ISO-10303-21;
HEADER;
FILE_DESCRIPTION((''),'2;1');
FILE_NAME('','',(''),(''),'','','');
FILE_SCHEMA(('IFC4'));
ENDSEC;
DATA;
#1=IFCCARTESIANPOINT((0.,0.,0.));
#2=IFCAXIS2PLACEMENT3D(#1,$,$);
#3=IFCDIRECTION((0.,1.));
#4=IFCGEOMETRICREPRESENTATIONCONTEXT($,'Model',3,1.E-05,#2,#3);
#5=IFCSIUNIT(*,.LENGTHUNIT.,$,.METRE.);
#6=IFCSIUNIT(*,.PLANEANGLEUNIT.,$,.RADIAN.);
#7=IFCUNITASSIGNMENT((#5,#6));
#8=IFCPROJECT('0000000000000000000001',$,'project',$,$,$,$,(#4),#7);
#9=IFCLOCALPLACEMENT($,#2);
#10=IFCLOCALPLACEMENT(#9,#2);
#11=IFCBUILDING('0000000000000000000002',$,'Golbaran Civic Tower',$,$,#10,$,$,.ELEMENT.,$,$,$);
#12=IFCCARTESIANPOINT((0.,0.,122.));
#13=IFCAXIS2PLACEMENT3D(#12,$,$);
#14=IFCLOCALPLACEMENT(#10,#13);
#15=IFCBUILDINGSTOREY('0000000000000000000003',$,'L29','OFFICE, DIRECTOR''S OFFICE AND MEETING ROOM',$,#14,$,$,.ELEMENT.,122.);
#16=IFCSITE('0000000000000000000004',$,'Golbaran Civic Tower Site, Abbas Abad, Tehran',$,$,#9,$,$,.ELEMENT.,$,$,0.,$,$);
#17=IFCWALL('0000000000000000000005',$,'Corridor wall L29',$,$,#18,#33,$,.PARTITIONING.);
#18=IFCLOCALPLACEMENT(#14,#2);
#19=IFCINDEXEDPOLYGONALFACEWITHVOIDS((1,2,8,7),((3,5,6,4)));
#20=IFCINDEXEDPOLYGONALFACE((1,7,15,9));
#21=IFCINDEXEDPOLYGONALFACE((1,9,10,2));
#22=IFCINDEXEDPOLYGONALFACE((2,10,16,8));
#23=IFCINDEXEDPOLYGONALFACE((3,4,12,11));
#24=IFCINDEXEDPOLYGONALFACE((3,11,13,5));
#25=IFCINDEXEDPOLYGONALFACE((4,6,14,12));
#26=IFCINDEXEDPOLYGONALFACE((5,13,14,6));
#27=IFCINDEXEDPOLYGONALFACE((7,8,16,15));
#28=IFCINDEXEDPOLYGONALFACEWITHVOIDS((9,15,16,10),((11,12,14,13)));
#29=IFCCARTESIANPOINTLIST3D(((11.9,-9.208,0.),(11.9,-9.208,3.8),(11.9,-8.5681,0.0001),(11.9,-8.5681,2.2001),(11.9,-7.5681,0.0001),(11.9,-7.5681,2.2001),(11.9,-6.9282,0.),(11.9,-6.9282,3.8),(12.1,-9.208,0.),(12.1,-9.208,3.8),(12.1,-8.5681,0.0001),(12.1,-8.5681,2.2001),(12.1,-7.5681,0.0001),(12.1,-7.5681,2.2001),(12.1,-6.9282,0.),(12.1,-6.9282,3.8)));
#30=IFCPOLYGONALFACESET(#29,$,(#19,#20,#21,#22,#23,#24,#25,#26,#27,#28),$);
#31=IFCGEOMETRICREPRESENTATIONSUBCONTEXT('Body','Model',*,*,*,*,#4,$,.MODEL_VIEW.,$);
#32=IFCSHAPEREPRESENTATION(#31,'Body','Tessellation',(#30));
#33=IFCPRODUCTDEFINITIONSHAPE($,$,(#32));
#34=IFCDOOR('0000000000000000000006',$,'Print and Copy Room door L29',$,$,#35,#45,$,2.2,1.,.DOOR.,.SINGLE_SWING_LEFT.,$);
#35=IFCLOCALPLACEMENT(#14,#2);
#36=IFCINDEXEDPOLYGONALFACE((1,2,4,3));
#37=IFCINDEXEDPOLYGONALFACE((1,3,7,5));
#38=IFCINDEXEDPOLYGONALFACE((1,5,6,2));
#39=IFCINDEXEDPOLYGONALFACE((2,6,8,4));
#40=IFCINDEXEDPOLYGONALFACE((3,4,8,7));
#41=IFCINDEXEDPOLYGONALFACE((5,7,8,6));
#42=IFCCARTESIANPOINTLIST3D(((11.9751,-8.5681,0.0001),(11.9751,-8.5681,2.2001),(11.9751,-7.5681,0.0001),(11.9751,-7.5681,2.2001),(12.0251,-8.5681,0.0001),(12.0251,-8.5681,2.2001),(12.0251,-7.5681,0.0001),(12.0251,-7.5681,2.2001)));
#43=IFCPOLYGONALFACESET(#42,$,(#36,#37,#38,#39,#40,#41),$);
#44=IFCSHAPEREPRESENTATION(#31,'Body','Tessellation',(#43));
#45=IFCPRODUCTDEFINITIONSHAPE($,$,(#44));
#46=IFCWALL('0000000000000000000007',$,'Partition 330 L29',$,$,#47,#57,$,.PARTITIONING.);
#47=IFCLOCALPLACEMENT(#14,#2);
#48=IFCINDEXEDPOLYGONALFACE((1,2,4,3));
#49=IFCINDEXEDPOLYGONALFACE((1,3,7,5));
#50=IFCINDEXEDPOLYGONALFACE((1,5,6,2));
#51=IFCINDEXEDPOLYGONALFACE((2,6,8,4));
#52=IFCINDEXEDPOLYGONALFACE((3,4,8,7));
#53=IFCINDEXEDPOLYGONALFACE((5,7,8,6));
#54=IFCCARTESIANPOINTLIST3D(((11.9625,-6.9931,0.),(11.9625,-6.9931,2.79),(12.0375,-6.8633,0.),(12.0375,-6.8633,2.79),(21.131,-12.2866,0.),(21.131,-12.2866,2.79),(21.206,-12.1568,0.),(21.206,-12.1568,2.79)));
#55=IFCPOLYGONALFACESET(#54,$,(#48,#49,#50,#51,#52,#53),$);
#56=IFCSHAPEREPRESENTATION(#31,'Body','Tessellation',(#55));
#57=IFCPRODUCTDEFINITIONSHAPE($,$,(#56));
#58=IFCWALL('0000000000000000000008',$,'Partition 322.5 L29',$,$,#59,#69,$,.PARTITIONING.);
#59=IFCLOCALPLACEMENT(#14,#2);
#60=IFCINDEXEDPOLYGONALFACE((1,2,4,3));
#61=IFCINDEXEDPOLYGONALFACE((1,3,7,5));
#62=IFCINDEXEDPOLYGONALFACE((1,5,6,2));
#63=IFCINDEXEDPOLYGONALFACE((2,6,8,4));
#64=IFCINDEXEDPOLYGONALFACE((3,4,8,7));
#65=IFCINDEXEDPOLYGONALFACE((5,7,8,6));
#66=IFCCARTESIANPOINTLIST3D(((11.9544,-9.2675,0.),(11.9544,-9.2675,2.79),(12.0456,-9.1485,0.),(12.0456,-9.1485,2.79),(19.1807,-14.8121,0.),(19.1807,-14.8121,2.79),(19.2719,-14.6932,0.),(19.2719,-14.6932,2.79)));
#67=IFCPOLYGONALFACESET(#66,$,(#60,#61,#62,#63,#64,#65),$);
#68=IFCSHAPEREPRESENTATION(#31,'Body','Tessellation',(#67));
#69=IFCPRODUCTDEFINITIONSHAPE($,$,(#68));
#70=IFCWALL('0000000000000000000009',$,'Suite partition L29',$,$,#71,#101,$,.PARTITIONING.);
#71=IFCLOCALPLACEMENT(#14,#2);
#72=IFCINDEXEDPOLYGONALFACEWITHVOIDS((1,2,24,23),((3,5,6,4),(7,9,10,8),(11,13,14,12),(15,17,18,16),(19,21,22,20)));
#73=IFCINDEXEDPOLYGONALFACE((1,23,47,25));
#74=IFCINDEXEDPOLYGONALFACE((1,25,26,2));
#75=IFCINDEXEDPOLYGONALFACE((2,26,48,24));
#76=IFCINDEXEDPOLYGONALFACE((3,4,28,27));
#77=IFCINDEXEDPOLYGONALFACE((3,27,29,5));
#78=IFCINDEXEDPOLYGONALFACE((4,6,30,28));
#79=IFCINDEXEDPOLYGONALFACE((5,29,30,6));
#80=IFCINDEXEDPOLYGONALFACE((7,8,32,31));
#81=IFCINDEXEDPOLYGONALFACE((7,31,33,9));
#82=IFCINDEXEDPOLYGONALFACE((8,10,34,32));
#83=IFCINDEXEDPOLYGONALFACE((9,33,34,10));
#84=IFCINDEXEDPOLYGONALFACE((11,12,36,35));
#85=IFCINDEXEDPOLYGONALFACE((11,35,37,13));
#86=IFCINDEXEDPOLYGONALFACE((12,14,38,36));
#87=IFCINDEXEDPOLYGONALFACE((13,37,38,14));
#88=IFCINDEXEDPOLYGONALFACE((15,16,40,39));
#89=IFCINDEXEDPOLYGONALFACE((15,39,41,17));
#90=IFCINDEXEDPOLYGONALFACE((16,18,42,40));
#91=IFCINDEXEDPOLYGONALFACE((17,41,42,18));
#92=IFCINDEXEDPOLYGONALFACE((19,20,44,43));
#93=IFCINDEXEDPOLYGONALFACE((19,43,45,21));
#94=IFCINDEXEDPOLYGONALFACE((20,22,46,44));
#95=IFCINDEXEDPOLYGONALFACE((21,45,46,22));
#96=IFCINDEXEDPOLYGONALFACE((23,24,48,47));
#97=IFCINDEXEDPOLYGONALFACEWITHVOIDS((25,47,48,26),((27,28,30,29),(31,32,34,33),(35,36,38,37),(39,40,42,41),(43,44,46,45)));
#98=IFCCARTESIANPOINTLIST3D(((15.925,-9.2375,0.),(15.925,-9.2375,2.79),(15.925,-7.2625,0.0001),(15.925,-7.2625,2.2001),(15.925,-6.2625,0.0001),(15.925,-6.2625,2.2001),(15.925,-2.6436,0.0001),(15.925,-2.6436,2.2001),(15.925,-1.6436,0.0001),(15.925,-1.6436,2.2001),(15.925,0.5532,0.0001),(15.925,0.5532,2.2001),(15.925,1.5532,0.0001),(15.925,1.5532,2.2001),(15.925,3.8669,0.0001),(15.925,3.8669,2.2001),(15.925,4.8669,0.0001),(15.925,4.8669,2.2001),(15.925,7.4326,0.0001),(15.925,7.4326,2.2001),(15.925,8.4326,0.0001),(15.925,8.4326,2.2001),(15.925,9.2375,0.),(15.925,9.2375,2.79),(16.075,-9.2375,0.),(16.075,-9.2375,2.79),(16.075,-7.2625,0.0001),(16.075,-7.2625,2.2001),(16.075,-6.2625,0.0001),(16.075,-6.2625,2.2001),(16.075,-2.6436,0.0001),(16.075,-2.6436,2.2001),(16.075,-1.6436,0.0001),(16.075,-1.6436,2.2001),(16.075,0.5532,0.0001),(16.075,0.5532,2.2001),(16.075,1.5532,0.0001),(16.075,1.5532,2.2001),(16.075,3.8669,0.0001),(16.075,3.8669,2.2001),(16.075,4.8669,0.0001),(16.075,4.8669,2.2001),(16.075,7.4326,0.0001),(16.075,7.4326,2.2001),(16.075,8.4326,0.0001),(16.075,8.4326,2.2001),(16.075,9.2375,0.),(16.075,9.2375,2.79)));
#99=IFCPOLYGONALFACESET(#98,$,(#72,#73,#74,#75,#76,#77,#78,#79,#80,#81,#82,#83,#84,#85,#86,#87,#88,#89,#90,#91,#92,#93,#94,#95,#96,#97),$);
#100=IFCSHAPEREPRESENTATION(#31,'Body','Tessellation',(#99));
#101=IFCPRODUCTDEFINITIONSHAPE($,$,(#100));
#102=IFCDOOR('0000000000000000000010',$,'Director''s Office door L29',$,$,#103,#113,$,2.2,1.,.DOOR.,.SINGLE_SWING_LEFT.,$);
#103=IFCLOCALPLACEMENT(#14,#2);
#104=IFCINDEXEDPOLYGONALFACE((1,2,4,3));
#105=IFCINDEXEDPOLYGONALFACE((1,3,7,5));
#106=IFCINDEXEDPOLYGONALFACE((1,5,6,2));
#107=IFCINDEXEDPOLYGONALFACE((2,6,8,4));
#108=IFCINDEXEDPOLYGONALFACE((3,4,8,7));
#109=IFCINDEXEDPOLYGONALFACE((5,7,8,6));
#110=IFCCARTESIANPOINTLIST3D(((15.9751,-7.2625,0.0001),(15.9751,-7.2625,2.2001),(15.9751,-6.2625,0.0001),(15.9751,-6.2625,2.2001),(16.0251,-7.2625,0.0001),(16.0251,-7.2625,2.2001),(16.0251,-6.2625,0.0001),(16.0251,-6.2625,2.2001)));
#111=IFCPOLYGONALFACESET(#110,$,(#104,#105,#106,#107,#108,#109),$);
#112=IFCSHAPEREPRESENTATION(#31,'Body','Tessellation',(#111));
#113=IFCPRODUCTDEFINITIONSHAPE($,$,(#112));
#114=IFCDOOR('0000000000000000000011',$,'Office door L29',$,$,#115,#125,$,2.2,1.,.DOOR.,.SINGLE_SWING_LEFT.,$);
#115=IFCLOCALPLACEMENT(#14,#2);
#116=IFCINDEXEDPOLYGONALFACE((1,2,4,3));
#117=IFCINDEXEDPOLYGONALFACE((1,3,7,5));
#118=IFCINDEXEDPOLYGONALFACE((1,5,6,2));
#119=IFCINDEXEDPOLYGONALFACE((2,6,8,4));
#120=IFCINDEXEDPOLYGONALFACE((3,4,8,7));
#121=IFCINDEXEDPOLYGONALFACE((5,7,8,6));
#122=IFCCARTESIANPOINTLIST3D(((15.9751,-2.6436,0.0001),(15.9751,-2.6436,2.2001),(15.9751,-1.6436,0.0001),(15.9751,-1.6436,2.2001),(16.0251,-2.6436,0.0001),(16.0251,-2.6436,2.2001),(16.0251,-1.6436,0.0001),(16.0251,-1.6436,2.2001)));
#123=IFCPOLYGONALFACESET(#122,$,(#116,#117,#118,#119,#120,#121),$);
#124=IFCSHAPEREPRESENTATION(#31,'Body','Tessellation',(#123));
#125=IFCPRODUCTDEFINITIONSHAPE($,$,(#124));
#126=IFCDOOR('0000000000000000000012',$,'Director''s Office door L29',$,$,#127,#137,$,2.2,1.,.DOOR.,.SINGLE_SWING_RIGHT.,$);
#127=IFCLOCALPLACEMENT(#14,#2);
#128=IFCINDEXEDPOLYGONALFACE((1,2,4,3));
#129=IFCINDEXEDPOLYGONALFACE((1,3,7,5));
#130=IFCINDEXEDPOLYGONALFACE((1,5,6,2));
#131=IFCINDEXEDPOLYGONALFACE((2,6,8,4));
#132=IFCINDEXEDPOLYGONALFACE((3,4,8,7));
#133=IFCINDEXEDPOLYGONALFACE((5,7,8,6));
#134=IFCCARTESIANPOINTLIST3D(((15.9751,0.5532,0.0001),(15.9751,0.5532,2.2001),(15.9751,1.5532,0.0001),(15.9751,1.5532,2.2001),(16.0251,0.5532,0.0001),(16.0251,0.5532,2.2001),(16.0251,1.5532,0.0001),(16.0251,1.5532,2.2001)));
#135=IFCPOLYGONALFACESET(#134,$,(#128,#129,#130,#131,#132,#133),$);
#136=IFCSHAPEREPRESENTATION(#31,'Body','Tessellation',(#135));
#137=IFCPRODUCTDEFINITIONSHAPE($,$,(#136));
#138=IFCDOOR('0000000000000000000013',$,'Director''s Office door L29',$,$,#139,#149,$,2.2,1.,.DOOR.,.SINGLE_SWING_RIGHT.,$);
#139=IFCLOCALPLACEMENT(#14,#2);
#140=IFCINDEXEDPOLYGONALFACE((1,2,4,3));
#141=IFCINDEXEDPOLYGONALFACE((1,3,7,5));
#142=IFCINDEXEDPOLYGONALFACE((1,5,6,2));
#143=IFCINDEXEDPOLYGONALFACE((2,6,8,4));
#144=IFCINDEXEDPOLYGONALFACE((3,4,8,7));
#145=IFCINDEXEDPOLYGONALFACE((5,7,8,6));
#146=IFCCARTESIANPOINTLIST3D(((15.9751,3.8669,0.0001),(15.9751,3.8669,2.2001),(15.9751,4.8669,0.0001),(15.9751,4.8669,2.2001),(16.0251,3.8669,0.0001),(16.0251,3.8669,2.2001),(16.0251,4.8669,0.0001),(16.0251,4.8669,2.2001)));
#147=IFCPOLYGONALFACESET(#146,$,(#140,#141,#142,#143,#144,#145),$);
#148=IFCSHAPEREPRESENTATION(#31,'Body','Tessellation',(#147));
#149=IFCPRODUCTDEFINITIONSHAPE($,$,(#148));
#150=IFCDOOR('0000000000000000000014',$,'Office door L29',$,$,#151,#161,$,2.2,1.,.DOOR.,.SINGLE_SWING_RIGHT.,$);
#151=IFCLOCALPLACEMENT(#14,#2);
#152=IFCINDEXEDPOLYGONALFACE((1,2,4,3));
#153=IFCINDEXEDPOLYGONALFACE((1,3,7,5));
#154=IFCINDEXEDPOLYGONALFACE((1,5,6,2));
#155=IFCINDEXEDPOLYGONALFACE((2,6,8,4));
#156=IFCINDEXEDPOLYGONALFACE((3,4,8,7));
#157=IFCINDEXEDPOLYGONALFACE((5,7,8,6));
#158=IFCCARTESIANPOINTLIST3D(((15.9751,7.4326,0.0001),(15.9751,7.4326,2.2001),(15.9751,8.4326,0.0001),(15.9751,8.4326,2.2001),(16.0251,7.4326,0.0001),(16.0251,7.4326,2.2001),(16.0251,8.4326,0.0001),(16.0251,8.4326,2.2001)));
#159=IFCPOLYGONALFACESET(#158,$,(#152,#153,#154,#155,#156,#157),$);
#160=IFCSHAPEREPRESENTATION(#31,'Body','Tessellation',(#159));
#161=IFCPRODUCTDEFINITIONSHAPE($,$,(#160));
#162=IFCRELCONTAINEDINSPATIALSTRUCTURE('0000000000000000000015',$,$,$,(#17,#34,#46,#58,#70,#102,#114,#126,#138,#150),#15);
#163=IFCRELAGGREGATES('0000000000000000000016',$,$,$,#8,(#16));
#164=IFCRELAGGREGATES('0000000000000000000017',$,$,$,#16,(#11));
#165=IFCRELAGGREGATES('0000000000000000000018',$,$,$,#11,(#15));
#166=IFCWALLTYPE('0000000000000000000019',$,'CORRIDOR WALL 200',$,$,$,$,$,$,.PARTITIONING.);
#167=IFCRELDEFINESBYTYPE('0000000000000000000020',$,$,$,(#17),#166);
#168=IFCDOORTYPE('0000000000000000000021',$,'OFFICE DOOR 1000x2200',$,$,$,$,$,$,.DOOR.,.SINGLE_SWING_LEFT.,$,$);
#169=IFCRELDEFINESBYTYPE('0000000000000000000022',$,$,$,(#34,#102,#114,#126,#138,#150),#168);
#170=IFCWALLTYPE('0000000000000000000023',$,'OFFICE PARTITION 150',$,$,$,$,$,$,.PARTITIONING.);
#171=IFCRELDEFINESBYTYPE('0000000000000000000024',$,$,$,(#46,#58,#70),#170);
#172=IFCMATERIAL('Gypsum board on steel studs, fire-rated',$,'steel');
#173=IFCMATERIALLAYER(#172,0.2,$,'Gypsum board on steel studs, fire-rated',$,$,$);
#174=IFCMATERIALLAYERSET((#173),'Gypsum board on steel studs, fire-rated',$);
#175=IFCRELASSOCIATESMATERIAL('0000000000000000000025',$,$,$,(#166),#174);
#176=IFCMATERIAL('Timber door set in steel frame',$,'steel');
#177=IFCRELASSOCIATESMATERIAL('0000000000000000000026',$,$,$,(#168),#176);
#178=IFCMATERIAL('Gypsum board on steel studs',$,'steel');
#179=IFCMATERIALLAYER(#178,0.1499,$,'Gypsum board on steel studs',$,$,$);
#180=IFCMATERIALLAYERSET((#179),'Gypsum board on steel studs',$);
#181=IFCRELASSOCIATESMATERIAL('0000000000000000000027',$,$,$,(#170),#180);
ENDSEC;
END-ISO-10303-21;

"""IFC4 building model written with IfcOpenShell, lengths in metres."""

from ifc_helpers import new_model, si_unit, direction, frame, frame_2d, origin, place, context, subcontext, project, spatial, rectangle, extrude, material, layer, layer_set, type_object, element, fill, save


model = new_model("IFC4")

# Units and contexts
model_context = context("Model", 3, precision=1e-05, world=origin(), true_north=direction((0.0, 1.0)))
body_context = subcontext(model_context, "Body", "Model", "MODEL_VIEW")
ifc_project = project(units=[si_unit("LENGTHUNIT", "METRE"), si_unit("PLANEANGLEUNIT", "RADIAN")], contexts=[model_context])

# Site, building, storey
site_placement = place(None, origin())
site = spatial("IfcSite", under=ifc_project, at=site_placement, Name="Golbaran Civic Tower Site, Abbas Abad, Tehran", CompositionType="ELEMENT", RefElevation=0.0)
building_placement = place(site_placement, origin())
building = spatial("IfcBuilding", under=site, at=building_placement, Name="Golbaran Civic Tower", CompositionType="ELEMENT")
storey_placement = place(building_placement, frame((0.0, 0.0, 122.0)))
storey = spatial("IfcBuildingStorey", under=building, at=storey_placement, Name="L29", Description="OFFICE, DIRECTOR'S OFFICE AND MEETING ROOM", CompositionType="ELEMENT", Elevation=122.0)

# Shared definitions
ifc_material_1 = material(Name="Timber door set in steel frame", Category="steel")
ifc_material_2 = material(Name="Gypsum board on steel studs, fire-rated", Category="steel")
ifc_layer_1 = layer(ifc_material_2, 0.2, Name="Gypsum board on steel studs, fire-rated")
ifc_layer_set_1 = layer_set([ifc_layer_1], Name="Gypsum board on steel studs, fire-rated")
wall_type_1 = type_object("IfcWallType", Name="CORRIDOR WALL 200", PredefinedType="PARTITIONING", material=ifc_layer_set_1)

# Wall, opening, door
wall_1_placement = place(storey_placement, frame((12.0, -9.208, 0.0), z_axis=(0.0, 0.0, 1.0), x_axis=(0.0, 1.0, 0.0)))
wall_1 = element("IfcWall", 1, at=wall_1_placement, inside=storey, type_object=wall_type_1, Name="Corridor wall L29", PredefinedType="PARTITIONING", context=body_context, shape_type="SweptSolid", body=[
    extrude(rectangle(XDim=2.2798, YDim=0.2, at=frame_2d((1.1399, 0.0))), origin(), (0.0, 0.0, 1.0), 3.8),
])
opening_1_placement = place(wall_1_placement, frame((0.6399, 0.0, 0.0)))
opening_1 = element("IfcOpeningElement", 2, at=opening_1_placement, cuts=wall_1, PredefinedType="OPENING", context=body_context, shape_type="SweptSolid", body=[
    extrude(rectangle(XDim=1.0, YDim=2.2, at=frame_2d((0.5, 1.1001))), frame((0.0, 0.1099, 0.0), z_axis=(0.0, -1.0, 0.0), x_axis=(1.0, 0.0, 0.0)), (0.0, 0.0, 1.0), 0.22),
])
door_type_1 = type_object("IfcDoorType", Name="OFFICE DOOR 1000x2200", OperationType="SINGLE_SWING_LEFT", PredefinedType="DOOR", material=ifc_material_1)
door_1_placement = place(opening_1_placement, origin())
door_1 = element("IfcDoor", 3, at=door_1_placement, inside=storey, type_object=door_type_1, Name="Print and Copy Room door L29", OperationType="SINGLE_SWING_LEFT", OverallHeight=2.2, OverallWidth=1.0, PredefinedType="DOOR", context=body_context, shape_type="SweptSolid", body=[
    extrude(rectangle(XDim=1.0, YDim=2.2, at=frame_2d((0.5, 1.1001))), frame((0.0, 0.0249, 0.0), z_axis=(0.0, -1.0, 0.0), x_axis=(1.0, 0.0, 0.0)), (0.0, 0.0, 1.0), 0.05),
])
fill(opening_1, door_1)

# Walls
ifc_material_3 = material(Name="Gypsum board on steel studs", Category="steel")
ifc_layer_2 = layer(ifc_material_3, 0.1499, Name="Gypsum board on steel studs")
ifc_layer_set_2 = layer_set([ifc_layer_2], Name="Gypsum board on steel studs")
wall_type_2 = type_object("IfcWallType", Name="OFFICE PARTITION 150", PredefinedType="PARTITIONING", material=ifc_layer_set_2)
wall_2_placement = place(storey_placement, frame((12.0, -6.9282, 0.0), z_axis=(0.0, 0.0, 1.0), x_axis=(0.866024, -0.500003, 0.0)))
element("IfcWall", 4, at=wall_2_placement, inside=storey, type_object=wall_type_2, Name="Partition 330 L29", PredefinedType="PARTITIONING", context=body_context, shape_type="SweptSolid", body=[
    extrude(rectangle(XDim=10.5869, YDim=0.1499, at=frame_2d((5.2935, 0.0))), origin(), (0.0, 0.0, 1.0), 2.79),
])
wall_3_placement = place(storey_placement, frame((12.0, -9.208, 0.0), z_axis=(0.0, 0.0, 1.0), x_axis=(0.793368, -0.608743, 0.0)))
element("IfcWall", 5, at=wall_3_placement, inside=storey, type_object=wall_type_2, Name="Partition 322.5 L29", PredefinedType="PARTITIONING", context=body_context, shape_type="SweptSolid", body=[
    extrude(rectangle(XDim=9.1084, YDim=0.1499, at=frame_2d((4.5542, 0.0))), origin(), (0.0, 0.0, 1.0), 2.79),
])

# Wall, openings, doors
wall_4_placement = place(storey_placement, frame((16.0, -9.2375, 0.0), z_axis=(0.0, 0.0, 1.0), x_axis=(0.0, 1.0, 0.0)))
wall_4 = element("IfcWall", 6, at=wall_4_placement, inside=storey, type_object=wall_type_2, Name="Suite partition L29", PredefinedType="PARTITIONING", context=body_context, shape_type="SweptSolid", body=[
    extrude(rectangle(XDim=18.4751, YDim=0.1499, at=frame_2d((9.2375, 0.0))), origin(), (0.0, 0.0, 1.0), 2.79),
])
opening_2_placement = place(wall_4_placement, frame((1.9751, 0.0, 0.0)))
opening_2 = element("IfcOpeningElement", 7, at=opening_2_placement, cuts=wall_4, PredefinedType="OPENING", context=body_context, shape_type="SweptSolid", body=[
    extrude(rectangle(XDim=1.0, YDim=2.2, at=frame_2d((0.5, 1.1001))), frame((0.0, 0.085, 0.0), z_axis=(0.0, -1.0, 0.0), x_axis=(1.0, 0.0, 0.0)), (0.0, 0.0, 1.0), 0.1699),
])
opening_3_placement = place(wall_4_placement, frame((6.594, 0.0, 0.0)))
opening_3 = element("IfcOpeningElement", 8, at=opening_3_placement, cuts=wall_4, PredefinedType="OPENING", context=body_context, shape_type="SweptSolid", body=[
    extrude(rectangle(XDim=1.0, YDim=2.2, at=frame_2d((0.5, 1.1001))), frame((0.0, 0.085, 0.0), z_axis=(0.0, -1.0, 0.0), x_axis=(1.0, 0.0, 0.0)), (0.0, 0.0, 1.0), 0.1699),
])
opening_4_placement = place(wall_4_placement, frame((9.7908, 0.0, 0.0)))
opening_4 = element("IfcOpeningElement", 9, at=opening_4_placement, cuts=wall_4, PredefinedType="OPENING", context=body_context, shape_type="SweptSolid", body=[
    extrude(rectangle(XDim=1.0, YDim=2.2, at=frame_2d((0.5, 1.1001))), frame((0.0, 0.085, 0.0), z_axis=(0.0, -1.0, 0.0), x_axis=(1.0, 0.0, 0.0)), (0.0, 0.0, 1.0), 0.1699),
])
opening_5_placement = place(wall_4_placement, frame((13.1045, 0.0, 0.0)))
opening_5 = element("IfcOpeningElement", 10, at=opening_5_placement, cuts=wall_4, PredefinedType="OPENING", context=body_context, shape_type="SweptSolid", body=[
    extrude(rectangle(XDim=1.0, YDim=2.2, at=frame_2d((0.5, 1.1001))), frame((0.0, 0.085, 0.0), z_axis=(0.0, -1.0, 0.0), x_axis=(1.0, 0.0, 0.0)), (0.0, 0.0, 1.0), 0.1699),
])
opening_6_placement = place(wall_4_placement, frame((16.6702, 0.0, 0.0)))
opening_6 = element("IfcOpeningElement", 11, at=opening_6_placement, cuts=wall_4, PredefinedType="OPENING", context=body_context, shape_type="SweptSolid", body=[
    extrude(rectangle(XDim=1.0, YDim=2.2, at=frame_2d((0.5, 1.1001))), frame((0.0, 0.085, 0.0), z_axis=(0.0, -1.0, 0.0), x_axis=(1.0, 0.0, 0.0)), (0.0, 0.0, 1.0), 0.1699),
])
door_2_placement = place(opening_2_placement, origin())
door_2 = element("IfcDoor", 12, at=door_2_placement, inside=storey, type_object=door_type_1, Name="Director's Office door L29", OperationType="SINGLE_SWING_LEFT", OverallHeight=2.2, OverallWidth=1.0, PredefinedType="DOOR", context=body_context, shape_type="SweptSolid", body=[
    extrude(rectangle(XDim=1.0, YDim=2.2, at=frame_2d((0.5, 1.1001))), frame((0.0, 0.0249, 0.0), z_axis=(0.0, -1.0, 0.0), x_axis=(1.0, 0.0, 0.0)), (0.0, 0.0, 1.0), 0.05),
])
fill(opening_2, door_2)
door_3_placement = place(opening_3_placement, origin())
door_3 = element("IfcDoor", 13, at=door_3_placement, inside=storey, type_object=door_type_1, Name="Office door L29", OperationType="SINGLE_SWING_LEFT", OverallHeight=2.2, OverallWidth=1.0, PredefinedType="DOOR", context=body_context, shape_type="SweptSolid", body=[
    extrude(rectangle(XDim=1.0, YDim=2.2, at=frame_2d((0.5, 1.1001))), frame((0.0, 0.0249, 0.0), z_axis=(0.0, -1.0, 0.0), x_axis=(1.0, 0.0, 0.0)), (0.0, 0.0, 1.0), 0.05),
])
fill(opening_3, door_3)
door_4_placement = place(opening_4_placement, origin())
door_4 = element("IfcDoor", 14, at=door_4_placement, inside=storey, type_object=door_type_1, Name="Director's Office door L29", OperationType="SINGLE_SWING_RIGHT", OverallHeight=2.2, OverallWidth=1.0, PredefinedType="DOOR", context=body_context, shape_type="SweptSolid", body=[
    extrude(rectangle(XDim=1.0, YDim=2.2, at=frame_2d((0.5, 1.1001))), frame((0.0, 0.0249, 0.0), z_axis=(0.0, -1.0, 0.0), x_axis=(1.0, 0.0, 0.0)), (0.0, 0.0, 1.0), 0.05),
])
fill(opening_4, door_4)
door_5_placement = place(opening_5_placement, origin())
door_5 = element("IfcDoor", 15, at=door_5_placement, inside=storey, type_object=door_type_1, Name="Director's Office door L29", OperationType="SINGLE_SWING_RIGHT", OverallHeight=2.2, OverallWidth=1.0, PredefinedType="DOOR", context=body_context, shape_type="SweptSolid", body=[
    extrude(rectangle(XDim=1.0, YDim=2.2, at=frame_2d((0.5, 1.1001))), frame((0.0, 0.0249, 0.0), z_axis=(0.0, -1.0, 0.0), x_axis=(1.0, 0.0, 0.0)), (0.0, 0.0, 1.0), 0.05),
])
fill(opening_5, door_5)
door_6_placement = place(opening_6_placement, origin())
door_6 = element("IfcDoor", 16, at=door_6_placement, inside=storey, type_object=door_type_1, Name="Office door L29", OperationType="SINGLE_SWING_RIGHT", OverallHeight=2.2, OverallWidth=1.0, PredefinedType="DOOR", context=body_context, shape_type="SweptSolid", body=[
    extrude(rectangle(XDim=1.0, YDim=2.2, at=frame_2d((0.5, 1.1001))), frame((0.0, 0.0249, 0.0), z_axis=(0.0, -1.0, 0.0), x_axis=(1.0, 0.0, 0.0)), (0.0, 0.0, 1.0), 0.05),
])
fill(opening_6, door_6)

save(model, "model.ifc")
